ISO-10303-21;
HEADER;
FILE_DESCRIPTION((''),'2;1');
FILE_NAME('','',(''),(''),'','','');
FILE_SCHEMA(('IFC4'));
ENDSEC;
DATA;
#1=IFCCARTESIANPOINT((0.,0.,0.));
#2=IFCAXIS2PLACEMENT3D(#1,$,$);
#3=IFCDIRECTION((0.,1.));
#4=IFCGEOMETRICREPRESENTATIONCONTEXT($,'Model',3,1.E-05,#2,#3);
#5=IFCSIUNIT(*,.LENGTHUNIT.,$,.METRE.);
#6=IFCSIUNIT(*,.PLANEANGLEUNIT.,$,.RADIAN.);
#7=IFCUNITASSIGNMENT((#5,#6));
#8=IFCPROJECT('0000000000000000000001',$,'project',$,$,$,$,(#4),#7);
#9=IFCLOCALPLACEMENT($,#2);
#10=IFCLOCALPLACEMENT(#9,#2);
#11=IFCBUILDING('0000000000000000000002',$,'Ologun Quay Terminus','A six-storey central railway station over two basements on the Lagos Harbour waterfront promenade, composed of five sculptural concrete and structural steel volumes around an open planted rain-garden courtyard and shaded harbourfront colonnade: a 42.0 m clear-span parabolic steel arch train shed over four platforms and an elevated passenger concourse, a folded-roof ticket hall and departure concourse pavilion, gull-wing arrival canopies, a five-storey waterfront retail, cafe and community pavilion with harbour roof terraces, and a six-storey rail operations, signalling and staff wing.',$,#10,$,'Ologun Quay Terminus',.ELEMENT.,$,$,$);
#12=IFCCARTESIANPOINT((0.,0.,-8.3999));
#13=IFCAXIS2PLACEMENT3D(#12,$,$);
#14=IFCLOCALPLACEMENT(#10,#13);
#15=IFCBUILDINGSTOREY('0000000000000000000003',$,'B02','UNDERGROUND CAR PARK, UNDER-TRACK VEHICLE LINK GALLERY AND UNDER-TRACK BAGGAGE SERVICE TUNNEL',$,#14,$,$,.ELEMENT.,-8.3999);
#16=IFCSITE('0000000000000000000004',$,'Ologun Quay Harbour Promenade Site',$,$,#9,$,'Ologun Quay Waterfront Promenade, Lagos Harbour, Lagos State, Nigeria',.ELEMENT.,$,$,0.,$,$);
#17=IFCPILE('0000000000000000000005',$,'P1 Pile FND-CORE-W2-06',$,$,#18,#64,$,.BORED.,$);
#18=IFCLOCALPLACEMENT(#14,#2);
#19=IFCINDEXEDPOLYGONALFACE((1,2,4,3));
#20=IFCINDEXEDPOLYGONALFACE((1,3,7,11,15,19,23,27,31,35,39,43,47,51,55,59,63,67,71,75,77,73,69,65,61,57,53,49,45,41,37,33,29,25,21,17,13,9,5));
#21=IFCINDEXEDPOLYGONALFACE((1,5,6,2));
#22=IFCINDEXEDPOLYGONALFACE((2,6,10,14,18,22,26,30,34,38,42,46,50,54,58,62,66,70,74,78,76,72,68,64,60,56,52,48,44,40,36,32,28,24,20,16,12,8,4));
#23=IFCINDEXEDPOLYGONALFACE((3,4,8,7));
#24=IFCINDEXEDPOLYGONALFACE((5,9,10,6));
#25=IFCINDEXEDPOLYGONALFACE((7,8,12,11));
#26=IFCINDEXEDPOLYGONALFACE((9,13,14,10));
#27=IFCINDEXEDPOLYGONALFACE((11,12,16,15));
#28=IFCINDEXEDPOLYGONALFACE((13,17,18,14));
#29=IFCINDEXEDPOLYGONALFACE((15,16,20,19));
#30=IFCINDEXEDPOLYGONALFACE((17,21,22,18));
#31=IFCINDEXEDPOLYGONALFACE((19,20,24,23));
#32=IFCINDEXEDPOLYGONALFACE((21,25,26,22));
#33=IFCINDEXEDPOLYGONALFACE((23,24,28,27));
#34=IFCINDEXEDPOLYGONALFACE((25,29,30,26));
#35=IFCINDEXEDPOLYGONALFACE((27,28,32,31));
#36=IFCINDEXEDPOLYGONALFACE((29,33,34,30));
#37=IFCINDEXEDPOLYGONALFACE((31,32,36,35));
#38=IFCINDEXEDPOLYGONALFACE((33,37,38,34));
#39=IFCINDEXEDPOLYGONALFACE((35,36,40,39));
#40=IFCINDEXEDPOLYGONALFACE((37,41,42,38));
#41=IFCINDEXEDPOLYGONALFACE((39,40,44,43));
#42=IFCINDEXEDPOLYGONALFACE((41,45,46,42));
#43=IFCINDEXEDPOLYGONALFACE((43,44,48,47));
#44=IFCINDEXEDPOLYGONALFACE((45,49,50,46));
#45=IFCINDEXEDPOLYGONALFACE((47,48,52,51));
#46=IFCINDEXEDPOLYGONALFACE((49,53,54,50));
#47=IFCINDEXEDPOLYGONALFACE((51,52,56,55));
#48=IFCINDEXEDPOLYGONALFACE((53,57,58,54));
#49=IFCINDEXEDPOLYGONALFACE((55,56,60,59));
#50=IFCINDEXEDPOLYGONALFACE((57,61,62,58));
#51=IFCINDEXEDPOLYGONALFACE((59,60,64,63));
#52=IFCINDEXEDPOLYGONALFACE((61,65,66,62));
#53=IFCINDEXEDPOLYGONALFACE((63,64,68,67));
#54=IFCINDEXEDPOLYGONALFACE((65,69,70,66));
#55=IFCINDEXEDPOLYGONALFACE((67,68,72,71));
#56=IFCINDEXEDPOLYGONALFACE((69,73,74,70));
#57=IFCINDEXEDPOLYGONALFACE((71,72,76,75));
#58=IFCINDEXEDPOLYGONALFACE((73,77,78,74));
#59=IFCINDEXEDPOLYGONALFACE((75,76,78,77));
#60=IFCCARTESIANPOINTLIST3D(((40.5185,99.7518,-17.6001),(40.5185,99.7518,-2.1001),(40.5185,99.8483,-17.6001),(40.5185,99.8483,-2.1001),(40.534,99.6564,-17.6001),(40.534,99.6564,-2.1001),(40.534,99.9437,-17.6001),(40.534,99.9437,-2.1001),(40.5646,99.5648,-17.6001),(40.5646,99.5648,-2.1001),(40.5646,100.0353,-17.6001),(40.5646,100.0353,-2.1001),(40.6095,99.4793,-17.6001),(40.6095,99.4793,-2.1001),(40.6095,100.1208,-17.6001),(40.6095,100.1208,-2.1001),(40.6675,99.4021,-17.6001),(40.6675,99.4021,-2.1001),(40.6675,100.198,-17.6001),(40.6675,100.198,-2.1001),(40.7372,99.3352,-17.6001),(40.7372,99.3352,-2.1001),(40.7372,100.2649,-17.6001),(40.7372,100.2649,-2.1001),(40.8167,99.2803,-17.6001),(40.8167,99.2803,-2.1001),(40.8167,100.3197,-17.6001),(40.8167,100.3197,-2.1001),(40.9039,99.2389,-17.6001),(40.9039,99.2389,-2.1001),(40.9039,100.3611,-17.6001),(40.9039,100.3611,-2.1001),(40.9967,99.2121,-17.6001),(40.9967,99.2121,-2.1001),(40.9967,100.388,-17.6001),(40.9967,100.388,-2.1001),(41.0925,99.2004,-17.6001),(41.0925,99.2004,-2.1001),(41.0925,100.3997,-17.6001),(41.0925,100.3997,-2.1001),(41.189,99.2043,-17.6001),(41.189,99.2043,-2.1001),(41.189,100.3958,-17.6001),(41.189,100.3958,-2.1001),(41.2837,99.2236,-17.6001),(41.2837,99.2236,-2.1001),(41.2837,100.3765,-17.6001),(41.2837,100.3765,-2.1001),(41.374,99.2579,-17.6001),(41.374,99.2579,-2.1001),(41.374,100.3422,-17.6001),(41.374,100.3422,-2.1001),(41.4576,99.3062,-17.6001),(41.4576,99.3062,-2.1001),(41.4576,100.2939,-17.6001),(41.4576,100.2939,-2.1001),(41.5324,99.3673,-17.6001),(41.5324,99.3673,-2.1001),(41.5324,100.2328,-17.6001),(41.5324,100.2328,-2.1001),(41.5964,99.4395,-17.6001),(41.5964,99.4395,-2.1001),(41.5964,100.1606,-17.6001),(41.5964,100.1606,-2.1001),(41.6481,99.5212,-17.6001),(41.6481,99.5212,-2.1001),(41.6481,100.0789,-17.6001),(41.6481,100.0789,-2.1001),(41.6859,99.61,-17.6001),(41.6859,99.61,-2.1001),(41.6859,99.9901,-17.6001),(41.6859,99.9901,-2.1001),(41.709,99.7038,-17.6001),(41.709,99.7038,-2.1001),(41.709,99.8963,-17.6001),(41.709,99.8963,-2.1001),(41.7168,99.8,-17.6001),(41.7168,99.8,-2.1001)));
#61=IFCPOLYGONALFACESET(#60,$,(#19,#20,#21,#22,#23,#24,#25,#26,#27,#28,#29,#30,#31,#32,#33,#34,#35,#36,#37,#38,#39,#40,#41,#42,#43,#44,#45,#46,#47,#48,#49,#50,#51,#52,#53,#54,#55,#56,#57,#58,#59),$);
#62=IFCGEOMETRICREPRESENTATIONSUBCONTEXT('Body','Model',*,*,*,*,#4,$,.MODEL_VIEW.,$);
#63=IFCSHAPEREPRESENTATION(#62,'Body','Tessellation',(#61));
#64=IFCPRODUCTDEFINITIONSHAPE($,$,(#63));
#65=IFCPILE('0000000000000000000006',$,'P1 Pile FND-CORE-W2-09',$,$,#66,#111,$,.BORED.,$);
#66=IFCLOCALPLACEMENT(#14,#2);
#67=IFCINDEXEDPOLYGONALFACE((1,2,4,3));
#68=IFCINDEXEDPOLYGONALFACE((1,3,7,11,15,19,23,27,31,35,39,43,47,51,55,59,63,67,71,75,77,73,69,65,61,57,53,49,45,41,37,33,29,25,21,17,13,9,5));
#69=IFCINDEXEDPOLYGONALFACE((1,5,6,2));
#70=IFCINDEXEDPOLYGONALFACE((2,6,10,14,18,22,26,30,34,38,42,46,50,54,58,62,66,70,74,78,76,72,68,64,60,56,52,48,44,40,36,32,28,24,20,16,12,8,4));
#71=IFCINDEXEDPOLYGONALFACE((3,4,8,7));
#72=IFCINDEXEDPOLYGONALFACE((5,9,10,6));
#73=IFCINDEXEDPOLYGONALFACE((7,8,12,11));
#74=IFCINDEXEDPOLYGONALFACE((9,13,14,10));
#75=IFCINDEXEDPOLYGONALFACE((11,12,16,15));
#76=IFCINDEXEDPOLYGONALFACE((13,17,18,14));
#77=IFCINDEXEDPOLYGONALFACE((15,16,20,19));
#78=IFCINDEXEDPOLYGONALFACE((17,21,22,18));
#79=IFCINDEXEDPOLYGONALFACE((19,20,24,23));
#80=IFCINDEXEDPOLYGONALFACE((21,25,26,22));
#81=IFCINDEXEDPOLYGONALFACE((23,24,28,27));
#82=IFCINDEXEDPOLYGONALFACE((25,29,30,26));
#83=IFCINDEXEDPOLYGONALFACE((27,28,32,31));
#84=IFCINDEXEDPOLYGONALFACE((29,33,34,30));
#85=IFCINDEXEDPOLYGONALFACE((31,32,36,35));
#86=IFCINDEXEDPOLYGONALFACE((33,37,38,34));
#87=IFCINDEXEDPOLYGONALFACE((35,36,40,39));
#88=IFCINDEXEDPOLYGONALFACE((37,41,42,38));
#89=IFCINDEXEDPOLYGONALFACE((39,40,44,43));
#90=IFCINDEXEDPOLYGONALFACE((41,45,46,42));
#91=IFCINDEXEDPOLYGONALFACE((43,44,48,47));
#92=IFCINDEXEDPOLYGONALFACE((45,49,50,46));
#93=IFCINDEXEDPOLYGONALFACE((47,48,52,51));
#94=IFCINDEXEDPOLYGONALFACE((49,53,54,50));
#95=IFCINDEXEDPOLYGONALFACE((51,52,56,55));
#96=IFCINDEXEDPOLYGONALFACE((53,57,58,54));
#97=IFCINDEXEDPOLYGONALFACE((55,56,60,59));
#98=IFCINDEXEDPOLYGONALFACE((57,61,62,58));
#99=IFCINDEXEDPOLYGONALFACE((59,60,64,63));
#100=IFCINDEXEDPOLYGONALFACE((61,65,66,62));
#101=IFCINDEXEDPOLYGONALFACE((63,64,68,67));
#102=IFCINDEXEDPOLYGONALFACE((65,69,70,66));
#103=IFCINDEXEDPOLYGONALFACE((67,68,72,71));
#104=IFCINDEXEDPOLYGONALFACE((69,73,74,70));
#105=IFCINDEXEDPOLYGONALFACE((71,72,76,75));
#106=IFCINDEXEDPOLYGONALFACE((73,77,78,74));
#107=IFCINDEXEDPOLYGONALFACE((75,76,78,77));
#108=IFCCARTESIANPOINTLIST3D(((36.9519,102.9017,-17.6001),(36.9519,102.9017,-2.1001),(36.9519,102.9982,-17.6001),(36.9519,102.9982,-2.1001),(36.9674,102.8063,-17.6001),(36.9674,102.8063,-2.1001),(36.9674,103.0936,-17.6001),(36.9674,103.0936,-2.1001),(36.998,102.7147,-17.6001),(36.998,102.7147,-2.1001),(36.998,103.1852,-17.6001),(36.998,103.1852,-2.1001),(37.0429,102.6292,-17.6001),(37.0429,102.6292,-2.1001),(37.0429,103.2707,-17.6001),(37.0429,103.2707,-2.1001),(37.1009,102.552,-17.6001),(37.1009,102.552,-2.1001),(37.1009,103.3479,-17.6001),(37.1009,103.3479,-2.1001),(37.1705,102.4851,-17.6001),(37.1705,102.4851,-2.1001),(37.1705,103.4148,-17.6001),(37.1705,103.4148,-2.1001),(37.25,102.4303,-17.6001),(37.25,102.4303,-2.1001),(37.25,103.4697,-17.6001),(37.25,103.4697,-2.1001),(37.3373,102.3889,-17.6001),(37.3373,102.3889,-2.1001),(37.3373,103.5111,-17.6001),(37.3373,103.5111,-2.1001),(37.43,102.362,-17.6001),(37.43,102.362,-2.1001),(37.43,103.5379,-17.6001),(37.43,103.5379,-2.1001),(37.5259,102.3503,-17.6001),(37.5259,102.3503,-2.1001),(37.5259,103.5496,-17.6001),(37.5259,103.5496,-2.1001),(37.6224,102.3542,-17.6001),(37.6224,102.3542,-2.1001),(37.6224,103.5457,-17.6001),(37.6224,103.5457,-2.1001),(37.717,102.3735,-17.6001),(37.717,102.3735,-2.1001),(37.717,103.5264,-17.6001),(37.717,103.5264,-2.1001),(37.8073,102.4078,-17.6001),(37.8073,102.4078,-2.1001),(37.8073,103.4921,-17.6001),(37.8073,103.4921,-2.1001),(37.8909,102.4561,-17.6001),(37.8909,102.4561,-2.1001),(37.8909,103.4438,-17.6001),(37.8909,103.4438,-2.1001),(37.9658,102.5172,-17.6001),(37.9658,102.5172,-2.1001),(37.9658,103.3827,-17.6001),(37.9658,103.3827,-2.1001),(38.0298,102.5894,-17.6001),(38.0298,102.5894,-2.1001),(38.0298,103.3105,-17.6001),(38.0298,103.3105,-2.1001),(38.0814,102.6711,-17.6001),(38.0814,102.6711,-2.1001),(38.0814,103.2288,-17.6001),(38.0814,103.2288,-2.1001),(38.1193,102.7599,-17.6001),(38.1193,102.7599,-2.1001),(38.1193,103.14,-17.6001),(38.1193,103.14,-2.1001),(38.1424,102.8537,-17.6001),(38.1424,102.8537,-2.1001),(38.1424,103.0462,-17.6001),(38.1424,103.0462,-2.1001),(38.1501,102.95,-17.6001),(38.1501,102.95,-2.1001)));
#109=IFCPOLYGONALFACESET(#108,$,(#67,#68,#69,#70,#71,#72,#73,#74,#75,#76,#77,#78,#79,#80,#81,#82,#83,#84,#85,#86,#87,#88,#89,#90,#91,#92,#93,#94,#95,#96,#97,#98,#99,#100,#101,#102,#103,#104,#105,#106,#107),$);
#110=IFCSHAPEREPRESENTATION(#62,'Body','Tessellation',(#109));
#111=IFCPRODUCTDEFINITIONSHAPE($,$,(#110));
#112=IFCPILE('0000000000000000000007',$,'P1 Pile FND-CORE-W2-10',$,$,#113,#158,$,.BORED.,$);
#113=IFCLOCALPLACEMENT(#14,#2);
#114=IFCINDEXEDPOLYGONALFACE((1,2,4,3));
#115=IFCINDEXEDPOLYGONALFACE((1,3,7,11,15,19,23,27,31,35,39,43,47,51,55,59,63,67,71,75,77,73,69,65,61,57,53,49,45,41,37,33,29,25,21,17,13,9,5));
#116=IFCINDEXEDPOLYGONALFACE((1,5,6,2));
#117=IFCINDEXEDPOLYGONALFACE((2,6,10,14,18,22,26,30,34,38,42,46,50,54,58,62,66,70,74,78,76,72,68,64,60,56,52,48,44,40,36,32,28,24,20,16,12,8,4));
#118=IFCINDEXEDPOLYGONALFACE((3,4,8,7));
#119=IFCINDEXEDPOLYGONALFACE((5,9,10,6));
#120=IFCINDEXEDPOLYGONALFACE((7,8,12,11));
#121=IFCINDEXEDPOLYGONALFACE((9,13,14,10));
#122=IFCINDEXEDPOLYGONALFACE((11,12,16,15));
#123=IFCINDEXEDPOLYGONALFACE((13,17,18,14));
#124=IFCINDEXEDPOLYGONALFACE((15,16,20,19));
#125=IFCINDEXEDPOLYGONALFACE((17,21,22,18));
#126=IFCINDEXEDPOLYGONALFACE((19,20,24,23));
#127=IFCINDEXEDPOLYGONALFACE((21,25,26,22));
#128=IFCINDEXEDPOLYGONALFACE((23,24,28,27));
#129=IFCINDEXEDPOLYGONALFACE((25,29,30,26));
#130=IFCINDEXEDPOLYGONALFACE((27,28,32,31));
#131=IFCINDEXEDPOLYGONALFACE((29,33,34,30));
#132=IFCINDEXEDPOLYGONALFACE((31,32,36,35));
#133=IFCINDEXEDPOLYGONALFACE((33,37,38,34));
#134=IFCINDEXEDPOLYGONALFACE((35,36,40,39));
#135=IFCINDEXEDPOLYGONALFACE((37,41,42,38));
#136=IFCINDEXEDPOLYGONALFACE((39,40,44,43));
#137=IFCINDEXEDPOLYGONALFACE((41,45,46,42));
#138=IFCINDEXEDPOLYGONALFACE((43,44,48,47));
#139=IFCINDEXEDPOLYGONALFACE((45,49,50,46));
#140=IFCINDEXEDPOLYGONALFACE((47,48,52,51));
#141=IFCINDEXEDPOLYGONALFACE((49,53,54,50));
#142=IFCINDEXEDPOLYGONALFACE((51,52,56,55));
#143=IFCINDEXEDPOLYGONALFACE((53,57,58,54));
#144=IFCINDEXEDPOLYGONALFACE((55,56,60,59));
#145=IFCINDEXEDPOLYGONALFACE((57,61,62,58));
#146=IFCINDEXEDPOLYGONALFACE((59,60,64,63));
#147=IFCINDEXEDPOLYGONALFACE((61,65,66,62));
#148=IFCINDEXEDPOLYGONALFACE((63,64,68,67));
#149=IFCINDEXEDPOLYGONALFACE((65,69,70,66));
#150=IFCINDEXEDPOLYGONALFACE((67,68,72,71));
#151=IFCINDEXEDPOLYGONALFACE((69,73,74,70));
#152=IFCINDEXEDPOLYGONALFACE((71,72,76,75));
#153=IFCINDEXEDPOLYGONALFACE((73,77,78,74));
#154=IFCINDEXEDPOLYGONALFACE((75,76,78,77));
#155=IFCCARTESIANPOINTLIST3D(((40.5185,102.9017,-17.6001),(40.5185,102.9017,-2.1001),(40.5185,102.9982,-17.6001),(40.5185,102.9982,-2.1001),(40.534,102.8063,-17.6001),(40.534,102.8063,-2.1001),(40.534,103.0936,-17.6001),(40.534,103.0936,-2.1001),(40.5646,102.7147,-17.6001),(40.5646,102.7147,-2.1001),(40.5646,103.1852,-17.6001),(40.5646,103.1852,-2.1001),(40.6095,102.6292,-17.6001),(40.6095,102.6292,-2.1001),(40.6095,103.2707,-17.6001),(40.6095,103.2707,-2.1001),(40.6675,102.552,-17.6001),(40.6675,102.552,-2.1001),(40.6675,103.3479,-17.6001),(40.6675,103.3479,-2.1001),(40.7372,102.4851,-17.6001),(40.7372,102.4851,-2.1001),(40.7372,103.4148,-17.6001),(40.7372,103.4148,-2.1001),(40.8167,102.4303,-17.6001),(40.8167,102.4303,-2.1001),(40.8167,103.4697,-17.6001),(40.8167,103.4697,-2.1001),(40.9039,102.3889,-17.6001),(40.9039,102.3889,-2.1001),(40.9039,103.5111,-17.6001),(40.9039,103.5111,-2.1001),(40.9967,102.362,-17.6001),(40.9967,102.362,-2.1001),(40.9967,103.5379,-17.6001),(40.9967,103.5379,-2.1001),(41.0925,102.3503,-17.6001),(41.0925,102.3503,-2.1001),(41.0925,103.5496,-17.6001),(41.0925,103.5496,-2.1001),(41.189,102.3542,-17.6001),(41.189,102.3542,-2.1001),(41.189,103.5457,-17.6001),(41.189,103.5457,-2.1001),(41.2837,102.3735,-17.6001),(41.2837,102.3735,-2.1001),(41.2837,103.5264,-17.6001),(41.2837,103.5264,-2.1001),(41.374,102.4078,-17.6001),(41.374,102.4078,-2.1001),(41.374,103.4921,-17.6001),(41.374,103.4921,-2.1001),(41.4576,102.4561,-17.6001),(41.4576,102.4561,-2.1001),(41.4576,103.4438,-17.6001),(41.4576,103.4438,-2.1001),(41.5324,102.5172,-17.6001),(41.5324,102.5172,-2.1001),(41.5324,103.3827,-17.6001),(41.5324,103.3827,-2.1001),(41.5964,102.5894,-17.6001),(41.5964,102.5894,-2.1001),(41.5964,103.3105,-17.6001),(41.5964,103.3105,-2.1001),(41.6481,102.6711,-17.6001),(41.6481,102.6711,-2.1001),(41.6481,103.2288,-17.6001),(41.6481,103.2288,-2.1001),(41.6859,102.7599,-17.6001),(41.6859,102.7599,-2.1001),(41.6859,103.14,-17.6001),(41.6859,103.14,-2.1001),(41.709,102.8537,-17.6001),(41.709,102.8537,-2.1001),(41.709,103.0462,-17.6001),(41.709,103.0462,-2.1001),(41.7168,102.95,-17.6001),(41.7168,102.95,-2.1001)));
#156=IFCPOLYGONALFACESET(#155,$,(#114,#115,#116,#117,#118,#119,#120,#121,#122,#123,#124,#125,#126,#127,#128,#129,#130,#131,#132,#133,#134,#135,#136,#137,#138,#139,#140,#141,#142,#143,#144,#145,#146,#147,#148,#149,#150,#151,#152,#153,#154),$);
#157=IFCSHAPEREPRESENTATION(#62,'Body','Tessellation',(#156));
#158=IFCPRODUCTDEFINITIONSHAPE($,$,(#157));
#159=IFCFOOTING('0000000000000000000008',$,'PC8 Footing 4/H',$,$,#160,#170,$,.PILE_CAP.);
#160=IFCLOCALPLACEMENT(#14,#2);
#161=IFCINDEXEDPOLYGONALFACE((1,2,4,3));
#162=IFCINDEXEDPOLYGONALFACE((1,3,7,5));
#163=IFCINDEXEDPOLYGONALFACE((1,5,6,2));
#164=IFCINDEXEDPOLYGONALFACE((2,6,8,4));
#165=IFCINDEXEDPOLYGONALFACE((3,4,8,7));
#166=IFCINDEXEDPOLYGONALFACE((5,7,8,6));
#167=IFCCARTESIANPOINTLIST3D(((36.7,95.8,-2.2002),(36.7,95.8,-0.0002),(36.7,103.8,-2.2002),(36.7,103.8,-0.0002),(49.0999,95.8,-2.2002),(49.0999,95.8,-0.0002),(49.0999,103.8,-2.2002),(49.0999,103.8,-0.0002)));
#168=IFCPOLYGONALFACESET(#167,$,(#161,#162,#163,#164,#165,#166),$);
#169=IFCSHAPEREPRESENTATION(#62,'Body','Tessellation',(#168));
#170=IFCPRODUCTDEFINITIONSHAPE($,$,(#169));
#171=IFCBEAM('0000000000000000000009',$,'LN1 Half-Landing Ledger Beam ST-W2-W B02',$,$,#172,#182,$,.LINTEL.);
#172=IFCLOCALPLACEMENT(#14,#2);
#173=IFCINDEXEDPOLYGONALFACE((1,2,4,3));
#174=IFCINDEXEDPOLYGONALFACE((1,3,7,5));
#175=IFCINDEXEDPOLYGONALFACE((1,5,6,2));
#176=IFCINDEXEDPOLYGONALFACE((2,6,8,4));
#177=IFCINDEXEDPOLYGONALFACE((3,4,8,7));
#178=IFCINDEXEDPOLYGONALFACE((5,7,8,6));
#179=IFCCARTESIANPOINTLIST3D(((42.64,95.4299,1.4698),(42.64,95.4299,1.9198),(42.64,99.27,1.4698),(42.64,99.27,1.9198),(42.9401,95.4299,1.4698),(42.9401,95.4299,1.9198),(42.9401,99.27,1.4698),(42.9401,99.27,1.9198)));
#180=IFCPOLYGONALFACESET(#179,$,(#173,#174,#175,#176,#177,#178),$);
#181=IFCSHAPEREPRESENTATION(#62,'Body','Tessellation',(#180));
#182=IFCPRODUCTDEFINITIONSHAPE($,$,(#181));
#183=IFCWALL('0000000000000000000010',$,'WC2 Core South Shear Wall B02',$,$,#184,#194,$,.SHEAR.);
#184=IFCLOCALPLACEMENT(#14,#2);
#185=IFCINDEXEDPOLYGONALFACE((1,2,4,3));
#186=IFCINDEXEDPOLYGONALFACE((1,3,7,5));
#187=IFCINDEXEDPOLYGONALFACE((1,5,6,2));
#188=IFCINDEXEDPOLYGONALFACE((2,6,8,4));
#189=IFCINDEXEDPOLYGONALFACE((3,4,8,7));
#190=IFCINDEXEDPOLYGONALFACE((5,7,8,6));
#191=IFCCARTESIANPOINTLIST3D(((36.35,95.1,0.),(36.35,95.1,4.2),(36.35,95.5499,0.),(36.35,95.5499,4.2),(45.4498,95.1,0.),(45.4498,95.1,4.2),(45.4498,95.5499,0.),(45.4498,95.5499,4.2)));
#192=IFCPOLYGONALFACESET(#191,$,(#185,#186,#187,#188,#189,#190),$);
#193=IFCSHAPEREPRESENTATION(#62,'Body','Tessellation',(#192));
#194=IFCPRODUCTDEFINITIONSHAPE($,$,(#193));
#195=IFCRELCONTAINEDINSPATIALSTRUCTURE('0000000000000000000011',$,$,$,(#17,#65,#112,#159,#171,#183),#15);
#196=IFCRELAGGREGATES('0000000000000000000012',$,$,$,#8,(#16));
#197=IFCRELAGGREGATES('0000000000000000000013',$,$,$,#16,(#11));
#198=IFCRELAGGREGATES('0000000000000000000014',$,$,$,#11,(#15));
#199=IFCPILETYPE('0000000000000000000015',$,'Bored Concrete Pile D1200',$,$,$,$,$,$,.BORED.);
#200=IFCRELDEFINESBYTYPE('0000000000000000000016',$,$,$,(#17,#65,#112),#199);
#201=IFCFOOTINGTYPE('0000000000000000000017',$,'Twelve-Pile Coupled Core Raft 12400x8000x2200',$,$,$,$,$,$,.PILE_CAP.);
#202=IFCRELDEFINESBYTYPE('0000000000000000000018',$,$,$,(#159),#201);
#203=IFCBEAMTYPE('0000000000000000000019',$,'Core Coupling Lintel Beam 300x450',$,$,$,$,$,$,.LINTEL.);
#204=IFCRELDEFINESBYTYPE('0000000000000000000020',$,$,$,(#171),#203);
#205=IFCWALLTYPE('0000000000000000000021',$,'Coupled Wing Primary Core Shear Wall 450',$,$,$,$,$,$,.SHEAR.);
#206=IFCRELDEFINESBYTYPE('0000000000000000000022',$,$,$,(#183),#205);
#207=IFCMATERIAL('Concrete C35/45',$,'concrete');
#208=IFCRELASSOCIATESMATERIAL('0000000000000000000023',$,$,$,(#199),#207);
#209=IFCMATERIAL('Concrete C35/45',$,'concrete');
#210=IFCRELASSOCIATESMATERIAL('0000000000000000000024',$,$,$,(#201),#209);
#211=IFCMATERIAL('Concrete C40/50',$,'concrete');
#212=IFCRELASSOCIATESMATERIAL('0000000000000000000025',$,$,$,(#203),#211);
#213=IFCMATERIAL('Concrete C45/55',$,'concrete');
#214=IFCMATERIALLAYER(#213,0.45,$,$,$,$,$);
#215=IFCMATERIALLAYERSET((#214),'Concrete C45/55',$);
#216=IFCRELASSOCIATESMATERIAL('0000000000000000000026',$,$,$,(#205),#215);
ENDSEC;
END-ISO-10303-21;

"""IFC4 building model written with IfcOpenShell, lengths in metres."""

from ifc_helpers import new_model, si_unit, direction, frame, frame_2d, origin, origin_2d, place, context, subcontext, project, spatial, rectangle, circle, extrude, material, layer, layer_set, material_profile, profile_set, type_object, element, save


model = new_model("IFC4")

# Units and contexts
model_context = context("Model", 3, precision=1e-05, world=origin(), true_north=direction((0.0, 1.0)))
body_context = subcontext(model_context, "Body", "Model", "MODEL_VIEW")
ifc_project = project(units=[si_unit("LENGTHUNIT", "METRE"), si_unit("PLANEANGLEUNIT", "RADIAN")], contexts=[model_context])

# Site, building, storey
site_placement = place(None, origin())
site = spatial("IfcSite", under=ifc_project, at=site_placement, Name="Ologun Quay Harbour Promenade Site", LongName="Ologun Quay Waterfront Promenade, Lagos Harbour, Lagos State, Nigeria", CompositionType="ELEMENT", RefElevation=0.0)
building_placement = place(site_placement, origin())
building = spatial("IfcBuilding", under=site, at=building_placement, Name="Ologun Quay Terminus", Description="A six-storey central railway station over two basements on the Lagos Harbour waterfront promenade, composed of five sculptural concrete and structural steel volumes around an open planted rain-garden courtyard and shaded harbourfront colonnade: a 42.0 m clear-span parabolic steel arch train shed over four platforms and an elevated passenger concourse, a folded-roof ticket hall and departure concourse pavilion, gull-wing arrival canopies, a five-storey waterfront retail, cafe and community pavilion with harbour roof terraces, and a six-storey rail operations, signalling and staff wing.", LongName="Ologun Quay Terminus", CompositionType="ELEMENT")
storey_placement = place(building_placement, frame((0.0, 0.0, -8.3999)))
storey = spatial("IfcBuildingStorey", under=building, at=storey_placement, Name="B02", Description="UNDERGROUND CAR PARK, UNDER-TRACK VEHICLE LINK GALLERY AND UNDER-TRACK BAGGAGE SERVICE TUNNEL", CompositionType="ELEMENT", Elevation=-8.3999)

# Piles
ifc_material_1 = material(Name="Concrete C35/45", Category="concrete")
ifc_material_profile_1 = material_profile(ifc_material_1, circle(Radius=0.6001, at=origin_2d()), Name="PILE D1200")
ifc_profile_set_1 = profile_set([ifc_material_profile_1], Name="Concrete C35/45")
pile_type = type_object("IfcPileType", Name="Bored Concrete Pile D1200", PredefinedType="BORED", material=ifc_profile_set_1)
for number, where, z_axis, x_axis, name in (
    (1, (41.1167, 99.8, -2.1001), (0.0, 0.0, -1.0), (1.0, 0.0, 0.0), "P1 Pile FND-CORE-W2-06"),
    (2, (37.55, 102.95, -2.1001), (0.0, 0.0, -1.0), (1.0, 0.0, 0.0), "P1 Pile FND-CORE-W2-09"),
    (3, (41.1167, 102.95, -2.1001), (0.0, 0.0, -1.0), (1.0, 0.0, 0.0), "P1 Pile FND-CORE-W2-10"),
):
    element("IfcPile", number, at=place(storey_placement, frame(where, z_axis=z_axis, x_axis=x_axis)), inside=storey, type_object=pile_type, Name=name, PredefinedType="BORED", context=body_context, shape_type="SweptSolid", body=[
        extrude(circle(Radius=0.6001, at=origin_2d()), origin(), (0.0, 0.0, 1.0), 15.5),
    ])

# Footing
ifc_material_2 = material(Name="Concrete C35/45", Category="concrete")
footing_type = type_object("IfcFootingType", Name="Twelve-Pile Coupled Core Raft 12400x8000x2200", PredefinedType="PILE_CAP", material=ifc_material_2)
footing_placement = place(storey_placement, frame((42.8999, 99.8, -2.2002), z_axis=(0.0, 0.0, 1.0), x_axis=(1.0, 0.0, 0.0)))
element("IfcFooting", 4, at=footing_placement, inside=storey, type_object=footing_type, Name="PC8 Footing 4/H", PredefinedType="PILE_CAP", context=body_context, shape_type="SweptSolid", body=[
    extrude(rectangle(XDim=12.3999, YDim=8.0, at=origin_2d()), origin(), (0.0, 0.0, 1.0), 2.2),
])

# Beam
ifc_material_3 = material(Name="Concrete C40/50", Category="concrete")
ifc_material_profile_2 = material_profile(ifc_material_3, rectangle(XDim=0.3, YDim=0.45, at=origin_2d()), Name="RC 300x450")
ifc_profile_set_2 = profile_set([ifc_material_profile_2], Name="Concrete C40/50")
beam_type = type_object("IfcBeamType", Name="Core Coupling Lintel Beam 300x450", PredefinedType="LINTEL", material=ifc_profile_set_2)
beam_placement = place(storey_placement, frame((42.79, 95.4299, 1.6948), z_axis=(0.0, 1.0, 0.0), x_axis=(-1.0, 0.0, 0.0)))
element("IfcBeam", 5, at=beam_placement, inside=storey, type_object=beam_type, Name="LN1 Half-Landing Ledger Beam ST-W2-W B02", PredefinedType="LINTEL", context=body_context, shape_type="SweptSolid", body=[
    extrude(rectangle(XDim=0.3, YDim=0.45, at=origin_2d()), origin(), (0.0, 0.0, 1.0), 3.8401),
])

# Wall
ifc_material_4 = material(Name="Concrete C45/55", Category="concrete")
ifc_layer_1 = layer(ifc_material_4, 0.45)
ifc_layer_set_1 = layer_set([ifc_layer_1], Name="Concrete C45/55")
wall_type_1 = type_object("IfcWallType", Name="Coupled Wing Primary Core Shear Wall 450", PredefinedType="SHEAR", material=ifc_layer_set_1)
wall_1_placement = place(storey_placement, frame((36.3501, 95.325, 0.0), z_axis=(0.0, 0.0, 1.0), x_axis=(1.0, 0.0, 0.0)))
element("IfcWall", 6, at=wall_1_placement, inside=storey, type_object=wall_type_1, Name="WC2 Core South Shear Wall B02", PredefinedType="SHEAR", context=body_context, shape_type="SweptSolid", body=[
    extrude(rectangle(XDim=9.0999, YDim=0.45, at=frame_2d((4.5498, 0.0))), origin(), (0.0, 0.0, 1.0), 4.2),
])

save(model, "model.ifc")
